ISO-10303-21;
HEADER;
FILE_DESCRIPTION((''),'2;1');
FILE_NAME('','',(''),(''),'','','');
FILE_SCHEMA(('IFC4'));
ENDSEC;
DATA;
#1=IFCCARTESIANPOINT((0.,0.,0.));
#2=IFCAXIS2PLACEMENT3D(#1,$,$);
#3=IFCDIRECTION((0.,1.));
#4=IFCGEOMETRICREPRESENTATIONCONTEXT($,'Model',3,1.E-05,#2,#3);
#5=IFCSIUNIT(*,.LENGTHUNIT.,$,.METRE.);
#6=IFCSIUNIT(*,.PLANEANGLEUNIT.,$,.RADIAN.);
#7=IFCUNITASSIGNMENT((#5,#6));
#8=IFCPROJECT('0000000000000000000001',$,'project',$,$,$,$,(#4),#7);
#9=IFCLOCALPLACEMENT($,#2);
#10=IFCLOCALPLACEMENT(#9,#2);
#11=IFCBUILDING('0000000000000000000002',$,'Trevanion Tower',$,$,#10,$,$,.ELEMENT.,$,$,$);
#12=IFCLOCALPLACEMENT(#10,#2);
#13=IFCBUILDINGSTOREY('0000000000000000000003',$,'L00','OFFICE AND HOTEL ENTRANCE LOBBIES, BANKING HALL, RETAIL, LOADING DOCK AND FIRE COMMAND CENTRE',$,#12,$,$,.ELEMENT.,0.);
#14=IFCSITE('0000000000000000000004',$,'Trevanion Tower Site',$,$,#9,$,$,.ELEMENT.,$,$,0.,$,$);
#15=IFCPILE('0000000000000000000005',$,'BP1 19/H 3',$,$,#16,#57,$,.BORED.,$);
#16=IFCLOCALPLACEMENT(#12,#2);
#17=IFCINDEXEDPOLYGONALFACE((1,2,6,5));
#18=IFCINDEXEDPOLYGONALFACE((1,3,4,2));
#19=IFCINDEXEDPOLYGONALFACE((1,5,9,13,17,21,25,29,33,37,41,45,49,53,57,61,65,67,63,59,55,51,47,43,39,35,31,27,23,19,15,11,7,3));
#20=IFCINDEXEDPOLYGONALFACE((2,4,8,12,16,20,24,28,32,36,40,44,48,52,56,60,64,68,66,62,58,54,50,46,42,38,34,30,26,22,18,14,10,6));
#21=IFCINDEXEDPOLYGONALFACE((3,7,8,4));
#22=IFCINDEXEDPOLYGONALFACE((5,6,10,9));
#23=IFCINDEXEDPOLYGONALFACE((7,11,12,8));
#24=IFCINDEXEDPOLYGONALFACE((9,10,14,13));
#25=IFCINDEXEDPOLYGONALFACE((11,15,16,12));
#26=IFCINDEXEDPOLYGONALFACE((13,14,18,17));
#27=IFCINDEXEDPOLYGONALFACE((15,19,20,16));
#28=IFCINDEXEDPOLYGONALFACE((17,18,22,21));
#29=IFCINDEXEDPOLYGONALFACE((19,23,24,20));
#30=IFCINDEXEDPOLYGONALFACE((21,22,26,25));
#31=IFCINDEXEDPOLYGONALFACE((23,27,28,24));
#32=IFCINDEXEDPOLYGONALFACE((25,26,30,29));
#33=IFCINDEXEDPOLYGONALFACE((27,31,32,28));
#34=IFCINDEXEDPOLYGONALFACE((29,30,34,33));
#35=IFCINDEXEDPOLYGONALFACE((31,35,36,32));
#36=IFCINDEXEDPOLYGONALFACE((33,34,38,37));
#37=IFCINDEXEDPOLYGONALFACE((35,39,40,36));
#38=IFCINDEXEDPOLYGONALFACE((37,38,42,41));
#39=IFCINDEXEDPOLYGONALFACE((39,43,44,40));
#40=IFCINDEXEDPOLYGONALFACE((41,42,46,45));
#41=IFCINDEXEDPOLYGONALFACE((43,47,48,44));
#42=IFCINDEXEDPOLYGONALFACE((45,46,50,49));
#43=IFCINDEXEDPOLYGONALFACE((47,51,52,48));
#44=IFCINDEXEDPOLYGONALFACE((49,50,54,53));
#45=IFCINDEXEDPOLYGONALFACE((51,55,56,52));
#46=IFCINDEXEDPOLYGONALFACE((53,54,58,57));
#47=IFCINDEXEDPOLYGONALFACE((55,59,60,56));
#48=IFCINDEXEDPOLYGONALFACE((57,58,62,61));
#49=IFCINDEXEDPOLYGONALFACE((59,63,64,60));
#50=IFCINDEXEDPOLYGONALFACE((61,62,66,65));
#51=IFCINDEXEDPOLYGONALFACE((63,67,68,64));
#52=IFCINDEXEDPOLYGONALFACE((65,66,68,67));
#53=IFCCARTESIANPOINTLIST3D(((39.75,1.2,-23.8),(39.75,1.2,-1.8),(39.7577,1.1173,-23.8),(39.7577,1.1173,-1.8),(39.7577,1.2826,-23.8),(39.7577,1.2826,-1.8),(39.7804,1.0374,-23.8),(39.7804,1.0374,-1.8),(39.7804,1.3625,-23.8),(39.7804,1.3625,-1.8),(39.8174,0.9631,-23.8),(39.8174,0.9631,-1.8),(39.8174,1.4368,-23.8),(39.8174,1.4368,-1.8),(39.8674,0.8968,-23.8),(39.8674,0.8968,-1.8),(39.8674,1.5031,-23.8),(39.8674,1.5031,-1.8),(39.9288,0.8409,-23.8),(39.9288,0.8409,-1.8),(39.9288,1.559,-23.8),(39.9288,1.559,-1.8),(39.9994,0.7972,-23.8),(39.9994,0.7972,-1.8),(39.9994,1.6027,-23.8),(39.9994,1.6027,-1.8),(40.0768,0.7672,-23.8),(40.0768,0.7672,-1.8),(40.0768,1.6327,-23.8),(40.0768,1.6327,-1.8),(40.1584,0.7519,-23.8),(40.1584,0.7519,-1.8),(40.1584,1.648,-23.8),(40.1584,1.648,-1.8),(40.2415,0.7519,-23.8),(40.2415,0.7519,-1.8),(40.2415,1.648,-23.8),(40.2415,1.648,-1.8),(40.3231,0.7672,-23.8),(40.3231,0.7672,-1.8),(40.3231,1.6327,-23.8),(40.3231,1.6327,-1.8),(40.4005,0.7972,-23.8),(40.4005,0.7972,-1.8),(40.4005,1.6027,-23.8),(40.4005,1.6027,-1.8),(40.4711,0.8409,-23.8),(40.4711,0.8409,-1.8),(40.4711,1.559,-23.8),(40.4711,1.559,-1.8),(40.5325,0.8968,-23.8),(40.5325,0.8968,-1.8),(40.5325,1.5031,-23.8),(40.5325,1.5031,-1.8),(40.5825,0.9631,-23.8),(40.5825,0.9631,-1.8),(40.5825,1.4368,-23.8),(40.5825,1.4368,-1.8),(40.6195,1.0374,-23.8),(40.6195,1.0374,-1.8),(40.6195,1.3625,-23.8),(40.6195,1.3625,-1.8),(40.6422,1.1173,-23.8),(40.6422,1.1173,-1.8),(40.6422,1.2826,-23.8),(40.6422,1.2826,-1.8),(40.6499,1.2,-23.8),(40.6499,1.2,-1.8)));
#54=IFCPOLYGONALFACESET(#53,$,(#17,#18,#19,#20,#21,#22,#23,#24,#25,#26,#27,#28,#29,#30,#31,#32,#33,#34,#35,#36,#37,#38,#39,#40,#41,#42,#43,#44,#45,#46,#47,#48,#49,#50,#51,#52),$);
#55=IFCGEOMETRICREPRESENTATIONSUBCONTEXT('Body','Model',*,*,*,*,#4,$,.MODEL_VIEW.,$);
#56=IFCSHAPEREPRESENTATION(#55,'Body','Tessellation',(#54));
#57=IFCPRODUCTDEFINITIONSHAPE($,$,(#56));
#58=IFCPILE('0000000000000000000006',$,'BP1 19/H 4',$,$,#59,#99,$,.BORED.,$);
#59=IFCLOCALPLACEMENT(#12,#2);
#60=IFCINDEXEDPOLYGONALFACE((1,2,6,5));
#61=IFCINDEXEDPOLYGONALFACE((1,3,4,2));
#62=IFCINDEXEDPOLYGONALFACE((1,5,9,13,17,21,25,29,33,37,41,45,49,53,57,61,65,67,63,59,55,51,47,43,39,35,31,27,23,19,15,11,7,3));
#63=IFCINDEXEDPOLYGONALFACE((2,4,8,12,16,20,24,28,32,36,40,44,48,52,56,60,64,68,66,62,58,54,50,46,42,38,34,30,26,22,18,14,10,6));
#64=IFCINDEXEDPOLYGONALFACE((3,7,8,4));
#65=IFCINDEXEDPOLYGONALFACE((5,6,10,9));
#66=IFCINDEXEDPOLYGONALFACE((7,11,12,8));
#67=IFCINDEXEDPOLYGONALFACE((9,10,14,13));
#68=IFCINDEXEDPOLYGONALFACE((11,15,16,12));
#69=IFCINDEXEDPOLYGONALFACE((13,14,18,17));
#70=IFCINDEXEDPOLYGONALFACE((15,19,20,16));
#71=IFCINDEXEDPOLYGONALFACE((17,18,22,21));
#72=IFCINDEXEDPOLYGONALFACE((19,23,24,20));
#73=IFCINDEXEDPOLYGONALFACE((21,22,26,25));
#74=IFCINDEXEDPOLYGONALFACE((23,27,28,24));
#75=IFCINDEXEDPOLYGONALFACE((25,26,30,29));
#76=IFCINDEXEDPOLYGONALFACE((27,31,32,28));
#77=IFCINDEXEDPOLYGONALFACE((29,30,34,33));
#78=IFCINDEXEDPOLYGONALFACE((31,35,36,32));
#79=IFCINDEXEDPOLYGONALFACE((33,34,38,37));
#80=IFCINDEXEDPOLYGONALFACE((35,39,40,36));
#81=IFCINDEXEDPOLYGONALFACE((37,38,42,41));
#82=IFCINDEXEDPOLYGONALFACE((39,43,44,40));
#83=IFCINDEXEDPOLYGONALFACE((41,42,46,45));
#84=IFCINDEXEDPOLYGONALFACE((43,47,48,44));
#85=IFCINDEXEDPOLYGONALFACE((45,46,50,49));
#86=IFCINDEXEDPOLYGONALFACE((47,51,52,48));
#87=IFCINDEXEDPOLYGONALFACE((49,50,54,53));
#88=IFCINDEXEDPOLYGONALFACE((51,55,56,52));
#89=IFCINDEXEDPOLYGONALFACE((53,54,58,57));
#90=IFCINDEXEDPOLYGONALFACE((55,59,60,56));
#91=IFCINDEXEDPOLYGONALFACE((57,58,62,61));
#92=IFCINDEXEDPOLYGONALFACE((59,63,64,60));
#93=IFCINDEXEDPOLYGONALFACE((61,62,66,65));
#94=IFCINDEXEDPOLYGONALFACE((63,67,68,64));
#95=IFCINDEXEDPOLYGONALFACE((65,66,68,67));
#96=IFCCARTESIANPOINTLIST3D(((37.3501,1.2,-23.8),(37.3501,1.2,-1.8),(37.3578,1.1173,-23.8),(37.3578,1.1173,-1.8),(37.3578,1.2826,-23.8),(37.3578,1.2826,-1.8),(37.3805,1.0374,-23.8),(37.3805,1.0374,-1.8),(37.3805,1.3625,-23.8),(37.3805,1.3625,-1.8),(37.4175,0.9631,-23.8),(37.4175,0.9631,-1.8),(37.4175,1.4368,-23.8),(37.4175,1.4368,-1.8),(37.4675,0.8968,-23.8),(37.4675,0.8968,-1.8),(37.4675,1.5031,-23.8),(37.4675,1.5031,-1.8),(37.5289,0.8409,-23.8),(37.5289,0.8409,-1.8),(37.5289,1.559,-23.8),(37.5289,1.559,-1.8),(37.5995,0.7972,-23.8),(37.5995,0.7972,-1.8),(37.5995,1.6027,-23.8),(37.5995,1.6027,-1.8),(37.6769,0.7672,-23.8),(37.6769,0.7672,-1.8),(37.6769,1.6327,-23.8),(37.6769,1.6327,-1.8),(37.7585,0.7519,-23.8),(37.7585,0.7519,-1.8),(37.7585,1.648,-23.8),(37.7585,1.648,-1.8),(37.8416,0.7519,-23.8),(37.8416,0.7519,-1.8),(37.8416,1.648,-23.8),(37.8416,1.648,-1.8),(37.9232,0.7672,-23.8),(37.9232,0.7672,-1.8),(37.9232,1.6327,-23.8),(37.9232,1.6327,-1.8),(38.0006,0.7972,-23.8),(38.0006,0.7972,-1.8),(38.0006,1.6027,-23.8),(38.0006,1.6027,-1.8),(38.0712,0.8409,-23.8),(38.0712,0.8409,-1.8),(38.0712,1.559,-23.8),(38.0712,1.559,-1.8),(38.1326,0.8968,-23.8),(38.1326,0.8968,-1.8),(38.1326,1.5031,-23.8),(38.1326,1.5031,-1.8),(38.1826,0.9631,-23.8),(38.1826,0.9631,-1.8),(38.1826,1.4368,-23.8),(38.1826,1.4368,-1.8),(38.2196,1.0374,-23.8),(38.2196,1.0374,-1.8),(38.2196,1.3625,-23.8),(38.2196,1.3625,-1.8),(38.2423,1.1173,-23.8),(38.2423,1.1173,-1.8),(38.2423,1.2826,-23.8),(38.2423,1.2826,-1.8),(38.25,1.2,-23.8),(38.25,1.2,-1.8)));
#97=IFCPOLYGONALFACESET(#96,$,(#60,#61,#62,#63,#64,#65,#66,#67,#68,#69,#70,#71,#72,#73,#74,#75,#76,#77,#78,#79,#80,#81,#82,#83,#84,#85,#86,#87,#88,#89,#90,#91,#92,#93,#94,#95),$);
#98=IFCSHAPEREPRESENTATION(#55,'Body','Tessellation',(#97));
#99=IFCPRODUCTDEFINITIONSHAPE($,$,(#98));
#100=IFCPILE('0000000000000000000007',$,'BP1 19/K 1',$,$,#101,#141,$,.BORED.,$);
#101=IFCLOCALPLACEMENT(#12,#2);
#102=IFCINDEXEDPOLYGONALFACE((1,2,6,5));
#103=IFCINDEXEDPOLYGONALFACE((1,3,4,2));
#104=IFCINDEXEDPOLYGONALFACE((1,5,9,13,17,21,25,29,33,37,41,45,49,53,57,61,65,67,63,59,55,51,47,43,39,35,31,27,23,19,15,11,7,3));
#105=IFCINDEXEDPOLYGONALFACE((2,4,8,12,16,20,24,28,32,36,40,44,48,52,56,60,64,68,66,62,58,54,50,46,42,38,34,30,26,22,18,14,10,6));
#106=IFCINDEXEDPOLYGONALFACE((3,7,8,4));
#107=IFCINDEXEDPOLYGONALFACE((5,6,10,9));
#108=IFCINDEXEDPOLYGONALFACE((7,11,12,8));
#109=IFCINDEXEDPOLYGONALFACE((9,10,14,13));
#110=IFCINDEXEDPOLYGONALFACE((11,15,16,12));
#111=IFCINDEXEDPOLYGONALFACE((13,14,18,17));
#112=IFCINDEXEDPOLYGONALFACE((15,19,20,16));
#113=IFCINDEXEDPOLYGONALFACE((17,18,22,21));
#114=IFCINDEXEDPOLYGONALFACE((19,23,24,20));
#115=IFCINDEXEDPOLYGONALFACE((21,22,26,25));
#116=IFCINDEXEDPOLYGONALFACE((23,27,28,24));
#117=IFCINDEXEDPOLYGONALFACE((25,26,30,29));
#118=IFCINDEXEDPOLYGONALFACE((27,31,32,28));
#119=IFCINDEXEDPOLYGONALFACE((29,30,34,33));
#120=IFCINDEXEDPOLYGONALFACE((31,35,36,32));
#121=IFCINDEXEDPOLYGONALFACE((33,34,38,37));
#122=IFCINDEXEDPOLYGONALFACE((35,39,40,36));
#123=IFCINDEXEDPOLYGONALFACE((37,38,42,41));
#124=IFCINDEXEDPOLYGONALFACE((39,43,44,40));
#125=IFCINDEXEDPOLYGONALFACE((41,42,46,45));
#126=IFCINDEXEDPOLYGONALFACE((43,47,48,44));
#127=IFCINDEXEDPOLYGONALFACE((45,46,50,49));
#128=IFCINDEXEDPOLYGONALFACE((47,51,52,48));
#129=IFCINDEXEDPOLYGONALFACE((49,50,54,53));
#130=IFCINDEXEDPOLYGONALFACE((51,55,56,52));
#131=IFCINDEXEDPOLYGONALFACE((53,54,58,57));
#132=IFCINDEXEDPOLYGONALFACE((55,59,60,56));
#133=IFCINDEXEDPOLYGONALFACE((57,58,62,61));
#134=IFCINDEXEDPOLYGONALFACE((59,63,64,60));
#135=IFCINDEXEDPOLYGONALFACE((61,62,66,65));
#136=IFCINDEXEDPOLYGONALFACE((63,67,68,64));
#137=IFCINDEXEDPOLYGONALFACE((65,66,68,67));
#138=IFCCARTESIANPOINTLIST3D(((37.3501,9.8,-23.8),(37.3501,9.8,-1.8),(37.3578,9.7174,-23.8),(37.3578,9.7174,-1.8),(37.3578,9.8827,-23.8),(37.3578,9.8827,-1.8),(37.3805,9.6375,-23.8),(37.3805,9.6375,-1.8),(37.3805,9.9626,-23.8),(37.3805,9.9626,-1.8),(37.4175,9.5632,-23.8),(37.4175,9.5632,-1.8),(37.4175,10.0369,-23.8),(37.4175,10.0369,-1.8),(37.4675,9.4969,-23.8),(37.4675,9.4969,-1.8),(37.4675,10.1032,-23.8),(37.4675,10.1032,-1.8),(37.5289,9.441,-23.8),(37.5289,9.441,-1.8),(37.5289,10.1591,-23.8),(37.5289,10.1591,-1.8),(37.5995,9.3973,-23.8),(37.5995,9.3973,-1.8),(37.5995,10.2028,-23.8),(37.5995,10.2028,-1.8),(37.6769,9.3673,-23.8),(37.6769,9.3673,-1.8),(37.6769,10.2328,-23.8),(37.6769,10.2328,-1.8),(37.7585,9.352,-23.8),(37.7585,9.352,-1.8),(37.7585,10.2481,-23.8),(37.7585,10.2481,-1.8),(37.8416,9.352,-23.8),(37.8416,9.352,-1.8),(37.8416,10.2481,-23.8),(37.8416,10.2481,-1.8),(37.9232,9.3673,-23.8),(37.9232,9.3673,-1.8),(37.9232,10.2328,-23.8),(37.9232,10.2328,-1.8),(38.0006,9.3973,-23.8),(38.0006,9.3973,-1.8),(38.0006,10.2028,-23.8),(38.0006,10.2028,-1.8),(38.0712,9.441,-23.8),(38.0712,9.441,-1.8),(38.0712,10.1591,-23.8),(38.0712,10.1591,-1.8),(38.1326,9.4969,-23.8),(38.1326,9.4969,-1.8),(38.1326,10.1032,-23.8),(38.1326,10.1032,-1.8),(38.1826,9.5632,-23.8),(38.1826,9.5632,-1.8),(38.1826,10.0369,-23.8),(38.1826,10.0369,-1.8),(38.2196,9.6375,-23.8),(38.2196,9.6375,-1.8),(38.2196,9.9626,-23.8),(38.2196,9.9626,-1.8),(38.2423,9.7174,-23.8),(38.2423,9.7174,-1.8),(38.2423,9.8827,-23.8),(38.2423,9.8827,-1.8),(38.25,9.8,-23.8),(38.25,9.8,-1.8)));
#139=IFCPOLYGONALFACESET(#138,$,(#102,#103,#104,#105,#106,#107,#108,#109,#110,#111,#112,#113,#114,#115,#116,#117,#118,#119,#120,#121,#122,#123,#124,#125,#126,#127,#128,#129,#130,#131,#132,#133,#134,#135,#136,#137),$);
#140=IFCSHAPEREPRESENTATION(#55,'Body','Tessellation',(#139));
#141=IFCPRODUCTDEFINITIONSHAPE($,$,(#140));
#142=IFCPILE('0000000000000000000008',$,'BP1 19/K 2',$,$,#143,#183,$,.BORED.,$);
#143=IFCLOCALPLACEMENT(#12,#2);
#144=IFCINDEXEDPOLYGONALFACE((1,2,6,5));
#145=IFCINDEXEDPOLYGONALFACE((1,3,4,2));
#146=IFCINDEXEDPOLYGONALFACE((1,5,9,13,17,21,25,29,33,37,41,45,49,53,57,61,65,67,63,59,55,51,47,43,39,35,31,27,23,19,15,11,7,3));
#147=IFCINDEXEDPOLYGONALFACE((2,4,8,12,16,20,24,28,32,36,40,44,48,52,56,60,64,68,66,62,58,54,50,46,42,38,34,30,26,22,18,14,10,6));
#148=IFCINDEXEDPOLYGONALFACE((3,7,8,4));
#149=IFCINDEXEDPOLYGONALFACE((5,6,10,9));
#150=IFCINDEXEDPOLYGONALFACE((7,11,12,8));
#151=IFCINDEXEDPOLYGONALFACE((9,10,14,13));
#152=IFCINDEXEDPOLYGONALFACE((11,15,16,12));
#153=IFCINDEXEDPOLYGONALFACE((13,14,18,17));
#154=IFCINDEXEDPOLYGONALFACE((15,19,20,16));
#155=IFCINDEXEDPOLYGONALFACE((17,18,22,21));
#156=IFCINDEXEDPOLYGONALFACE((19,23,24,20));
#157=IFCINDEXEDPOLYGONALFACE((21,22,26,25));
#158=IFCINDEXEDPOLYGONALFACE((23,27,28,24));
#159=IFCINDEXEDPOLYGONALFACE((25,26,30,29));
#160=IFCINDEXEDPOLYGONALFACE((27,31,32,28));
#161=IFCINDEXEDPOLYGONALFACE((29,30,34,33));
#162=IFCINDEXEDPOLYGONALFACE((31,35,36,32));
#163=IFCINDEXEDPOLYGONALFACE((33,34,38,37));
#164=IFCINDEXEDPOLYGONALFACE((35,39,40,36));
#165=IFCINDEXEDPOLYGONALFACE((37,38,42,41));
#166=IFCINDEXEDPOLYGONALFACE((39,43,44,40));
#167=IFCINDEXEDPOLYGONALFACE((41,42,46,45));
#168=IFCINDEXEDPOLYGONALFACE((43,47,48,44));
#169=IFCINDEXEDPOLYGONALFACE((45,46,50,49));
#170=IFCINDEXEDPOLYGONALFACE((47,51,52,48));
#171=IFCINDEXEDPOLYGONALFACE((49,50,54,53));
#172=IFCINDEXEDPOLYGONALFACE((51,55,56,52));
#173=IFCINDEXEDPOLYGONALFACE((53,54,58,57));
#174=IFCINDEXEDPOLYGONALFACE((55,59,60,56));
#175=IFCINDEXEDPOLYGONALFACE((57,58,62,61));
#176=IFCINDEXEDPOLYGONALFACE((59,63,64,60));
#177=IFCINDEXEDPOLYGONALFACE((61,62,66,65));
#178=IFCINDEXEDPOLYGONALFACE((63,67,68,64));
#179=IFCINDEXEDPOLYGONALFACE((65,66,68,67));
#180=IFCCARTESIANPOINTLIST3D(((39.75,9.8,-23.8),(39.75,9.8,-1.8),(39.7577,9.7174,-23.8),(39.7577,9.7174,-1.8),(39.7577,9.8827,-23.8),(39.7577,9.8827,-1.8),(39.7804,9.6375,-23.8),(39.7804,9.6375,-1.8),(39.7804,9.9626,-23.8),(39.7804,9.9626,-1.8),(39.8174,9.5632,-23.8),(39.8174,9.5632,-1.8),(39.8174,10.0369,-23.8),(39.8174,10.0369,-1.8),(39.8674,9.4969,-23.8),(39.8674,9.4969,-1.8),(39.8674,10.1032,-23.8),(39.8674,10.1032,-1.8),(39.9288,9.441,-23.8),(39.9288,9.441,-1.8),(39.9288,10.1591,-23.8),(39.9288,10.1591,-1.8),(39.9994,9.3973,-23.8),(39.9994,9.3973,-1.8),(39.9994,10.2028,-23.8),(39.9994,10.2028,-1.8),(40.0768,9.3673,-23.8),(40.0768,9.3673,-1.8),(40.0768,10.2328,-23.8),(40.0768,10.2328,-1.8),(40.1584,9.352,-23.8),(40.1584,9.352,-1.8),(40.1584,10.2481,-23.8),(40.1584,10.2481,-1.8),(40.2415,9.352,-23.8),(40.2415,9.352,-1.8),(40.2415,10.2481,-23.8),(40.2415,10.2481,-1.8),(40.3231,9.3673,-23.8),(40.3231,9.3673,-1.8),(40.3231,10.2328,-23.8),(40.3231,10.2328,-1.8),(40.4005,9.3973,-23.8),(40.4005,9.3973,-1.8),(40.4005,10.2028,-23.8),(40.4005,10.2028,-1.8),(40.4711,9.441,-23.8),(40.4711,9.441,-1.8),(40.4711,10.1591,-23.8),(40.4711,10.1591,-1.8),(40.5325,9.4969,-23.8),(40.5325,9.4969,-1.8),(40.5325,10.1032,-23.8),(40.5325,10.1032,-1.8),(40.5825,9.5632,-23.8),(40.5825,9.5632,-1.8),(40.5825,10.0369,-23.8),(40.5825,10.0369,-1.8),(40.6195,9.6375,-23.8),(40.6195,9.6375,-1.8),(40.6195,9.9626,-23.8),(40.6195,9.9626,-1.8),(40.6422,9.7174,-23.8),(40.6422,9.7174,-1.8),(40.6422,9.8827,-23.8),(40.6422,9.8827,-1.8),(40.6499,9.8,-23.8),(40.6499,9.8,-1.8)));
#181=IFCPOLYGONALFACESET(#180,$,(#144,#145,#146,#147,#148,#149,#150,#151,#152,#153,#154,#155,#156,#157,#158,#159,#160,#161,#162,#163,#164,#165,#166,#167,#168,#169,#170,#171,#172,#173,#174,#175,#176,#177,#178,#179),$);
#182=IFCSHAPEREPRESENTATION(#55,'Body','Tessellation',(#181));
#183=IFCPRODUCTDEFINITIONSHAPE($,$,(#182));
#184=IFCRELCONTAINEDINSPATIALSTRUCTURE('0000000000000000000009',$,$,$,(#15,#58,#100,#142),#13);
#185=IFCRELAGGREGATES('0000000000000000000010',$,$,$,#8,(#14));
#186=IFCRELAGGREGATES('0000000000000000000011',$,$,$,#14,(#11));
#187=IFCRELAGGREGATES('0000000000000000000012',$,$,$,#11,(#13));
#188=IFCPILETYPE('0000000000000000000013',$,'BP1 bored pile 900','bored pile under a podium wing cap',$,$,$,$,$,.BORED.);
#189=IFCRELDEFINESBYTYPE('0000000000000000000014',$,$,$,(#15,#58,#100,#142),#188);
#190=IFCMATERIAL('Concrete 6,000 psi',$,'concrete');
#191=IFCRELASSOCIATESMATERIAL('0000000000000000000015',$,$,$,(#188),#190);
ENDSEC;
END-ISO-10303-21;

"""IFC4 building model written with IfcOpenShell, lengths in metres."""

from ifc_helpers import new_model, si_unit, direction, frame, origin, origin_2d, place, context, subcontext, project, spatial, circle, extrude, material, material_profile, profile_set, type_object, element, save


model = new_model("IFC4")

# Units and contexts
model_context = context("Model", 3, precision=1e-05, world=origin(), true_north=direction((0.0, 1.0)))
body_context = subcontext(model_context, "Body", "Model", "MODEL_VIEW")
ifc_project = project(units=[si_unit("LENGTHUNIT", "METRE"), si_unit("PLANEANGLEUNIT", "RADIAN")], contexts=[model_context])

# Site, building, storey
site_placement = place(None, origin())
site = spatial("IfcSite", under=ifc_project, at=site_placement, Name="Trevanion Tower Site", CompositionType="ELEMENT", RefElevation=0.0)
building_placement = place(site_placement, origin())
building = spatial("IfcBuilding", under=site, at=building_placement, Name="Trevanion Tower", CompositionType="ELEMENT")
storey_placement = place(building_placement, origin())
storey = spatial("IfcBuildingStorey", under=building, at=storey_placement, Name="L00", Description="OFFICE AND HOTEL ENTRANCE LOBBIES, BANKING HALL, RETAIL, LOADING DOCK AND FIRE COMMAND CENTRE", CompositionType="ELEMENT", Elevation=0.0)

# Piles
ifc_material_1 = material(Name="Concrete 6,000 psi", Category="concrete")
ifc_material_profile_1 = material_profile(ifc_material_1, circle(Radius=0.45, at=origin_2d()), Name="BP1 bored pile 900")
ifc_profile_set_1 = profile_set([ifc_material_profile_1], Name="Concrete 6,000 psi")
pile_type_1 = type_object("IfcPileType", Name="BP1 bored pile 900", Description="bored pile under a podium wing cap", PredefinedType="BORED", material=ifc_profile_set_1)
for number, where, z_axis, x_axis, name in (
    (1, (40.2, 1.2, -1.8), (0.0, 0.0, -1.0), (1.0, 0.0, 0.0), "BP1 19/H 3"),
    (2, (37.8, 1.2, -1.8), (0.0, 0.0, -1.0), (1.0, 0.0, 0.0), "BP1 19/H 4"),
    (3, (37.8, 9.8, -1.8), (0.0, 0.0, -1.0), (1.0, 0.0, 0.0), "BP1 19/K 1"),
    (4, (40.2, 9.8, -1.8), (0.0, 0.0, -1.0), (1.0, 0.0, 0.0), "BP1 19/K 2"),
):
    element("IfcPile", number, at=place(storey_placement, frame(where, z_axis=z_axis, x_axis=x_axis)), inside=storey, type_object=pile_type_1, Name=name, PredefinedType="BORED", context=body_context, shape_type="SweptSolid", body=[
        extrude(circle(Radius=0.45, at=origin_2d()), origin(), (0.0, 0.0, 1.0), 22.0),
    ])

save(model, "model.ifc")
